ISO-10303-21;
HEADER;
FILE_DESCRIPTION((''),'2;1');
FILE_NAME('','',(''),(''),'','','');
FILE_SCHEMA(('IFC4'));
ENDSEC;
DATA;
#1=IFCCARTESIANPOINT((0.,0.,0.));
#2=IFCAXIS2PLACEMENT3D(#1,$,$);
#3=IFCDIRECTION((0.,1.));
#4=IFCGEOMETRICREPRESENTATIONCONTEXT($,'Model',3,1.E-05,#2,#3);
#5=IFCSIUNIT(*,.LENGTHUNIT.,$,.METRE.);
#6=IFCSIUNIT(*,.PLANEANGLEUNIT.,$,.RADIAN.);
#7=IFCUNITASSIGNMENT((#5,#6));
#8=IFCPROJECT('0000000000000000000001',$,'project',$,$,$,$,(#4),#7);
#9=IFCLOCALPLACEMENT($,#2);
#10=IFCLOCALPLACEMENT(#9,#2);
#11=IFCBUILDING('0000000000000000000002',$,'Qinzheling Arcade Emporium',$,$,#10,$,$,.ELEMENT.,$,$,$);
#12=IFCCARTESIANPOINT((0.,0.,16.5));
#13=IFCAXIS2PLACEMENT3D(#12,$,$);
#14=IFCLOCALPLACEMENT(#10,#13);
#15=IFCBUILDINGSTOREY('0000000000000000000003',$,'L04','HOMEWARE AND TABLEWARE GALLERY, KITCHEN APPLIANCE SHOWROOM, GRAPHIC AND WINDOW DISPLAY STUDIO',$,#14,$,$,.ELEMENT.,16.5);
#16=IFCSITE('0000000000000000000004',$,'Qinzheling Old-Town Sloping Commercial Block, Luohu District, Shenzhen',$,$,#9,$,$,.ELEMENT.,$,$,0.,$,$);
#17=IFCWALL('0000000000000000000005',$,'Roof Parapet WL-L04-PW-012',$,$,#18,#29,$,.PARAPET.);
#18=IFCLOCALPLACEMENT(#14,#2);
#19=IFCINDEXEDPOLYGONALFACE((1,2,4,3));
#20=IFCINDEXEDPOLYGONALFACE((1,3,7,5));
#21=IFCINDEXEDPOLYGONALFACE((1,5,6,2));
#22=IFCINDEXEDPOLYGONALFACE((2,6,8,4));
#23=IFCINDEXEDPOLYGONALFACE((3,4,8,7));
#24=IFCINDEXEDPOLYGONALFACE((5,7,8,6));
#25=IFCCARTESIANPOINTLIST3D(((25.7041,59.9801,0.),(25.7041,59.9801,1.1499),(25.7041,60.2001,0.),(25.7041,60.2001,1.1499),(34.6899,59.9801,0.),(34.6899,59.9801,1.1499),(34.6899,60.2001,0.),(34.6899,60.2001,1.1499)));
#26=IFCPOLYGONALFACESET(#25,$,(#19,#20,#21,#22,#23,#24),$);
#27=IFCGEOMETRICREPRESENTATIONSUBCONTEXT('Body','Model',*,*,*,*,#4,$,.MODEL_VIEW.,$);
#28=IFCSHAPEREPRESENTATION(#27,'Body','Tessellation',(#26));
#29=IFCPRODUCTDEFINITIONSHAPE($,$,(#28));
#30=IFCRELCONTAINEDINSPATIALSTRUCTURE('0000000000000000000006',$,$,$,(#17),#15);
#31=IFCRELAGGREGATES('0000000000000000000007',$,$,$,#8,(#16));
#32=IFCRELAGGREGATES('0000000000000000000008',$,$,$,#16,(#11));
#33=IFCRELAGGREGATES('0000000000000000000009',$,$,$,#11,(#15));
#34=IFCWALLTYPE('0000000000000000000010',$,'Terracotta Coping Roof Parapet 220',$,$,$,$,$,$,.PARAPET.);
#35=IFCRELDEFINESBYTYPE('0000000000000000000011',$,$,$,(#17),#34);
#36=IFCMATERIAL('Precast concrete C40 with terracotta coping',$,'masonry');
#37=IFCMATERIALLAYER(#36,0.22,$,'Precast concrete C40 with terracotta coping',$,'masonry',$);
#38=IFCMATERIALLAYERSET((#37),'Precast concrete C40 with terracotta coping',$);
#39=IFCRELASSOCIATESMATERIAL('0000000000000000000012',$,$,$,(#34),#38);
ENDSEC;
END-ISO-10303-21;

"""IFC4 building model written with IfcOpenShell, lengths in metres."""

from ifc_helpers import new_model, si_unit, direction, frame, frame_2d, origin, place, context, subcontext, project, spatial, rectangle, extrude, material, layer, layer_set, type_object, element, save


model = new_model("IFC4")

# Units and contexts
model_context = context("Model", 3, precision=1e-05, world=origin(), true_north=direction((0.0, 1.0)))
body_context = subcontext(model_context, "Body", "Model", "MODEL_VIEW")
ifc_project = project(units=[si_unit("LENGTHUNIT", "METRE"), si_unit("PLANEANGLEUNIT", "RADIAN")], contexts=[model_context])

# Site, building, storey
site_placement = place(None, origin())
site = spatial("IfcSite", under=ifc_project, at=site_placement, Name="Qinzheling Old-Town Sloping Commercial Block, Luohu District, Shenzhen", CompositionType="ELEMENT", RefElevation=0.0)
building_placement = place(site_placement, origin())
building = spatial("IfcBuilding", under=site, at=building_placement, Name="Qinzheling Arcade Emporium", CompositionType="ELEMENT")
storey_placement = place(building_placement, frame((0.0, 0.0, 16.5)))
storey = spatial("IfcBuildingStorey", under=building, at=storey_placement, Name="L04", Description="HOMEWARE AND TABLEWARE GALLERY, KITCHEN APPLIANCE SHOWROOM, GRAPHIC AND WINDOW DISPLAY STUDIO", CompositionType="ELEMENT", Elevation=16.5)

# Wall
ifc_material_1 = material(Name="Precast concrete C40 with terracotta coping", Category="masonry")
ifc_layer_1 = layer(ifc_material_1, 0.22, Name="Precast concrete C40 with terracotta coping", Category="masonry")
ifc_layer_set_1 = layer_set([ifc_layer_1], Name="Precast concrete C40 with terracotta coping")
wall_type_1 = type_object("IfcWallType", Name="Terracotta Coping Roof Parapet 220", PredefinedType="PARAPET", material=ifc_layer_set_1)
wall_1_placement = place(storey_placement, frame((25.7041, 60.0901, 0.0), z_axis=(0.0, 0.0, 1.0), x_axis=(1.0, 0.0, 0.0)))
element("IfcWall", 1, at=wall_1_placement, inside=storey, type_object=wall_type_1, Name="Roof Parapet WL-L04-PW-012", PredefinedType="PARAPET", context=body_context, shape_type="SweptSolid", body=[
    extrude(rectangle(XDim=8.9858, YDim=0.22, at=frame_2d((4.4929, 0.0))), origin(), (0.0, 0.0, 1.0), 1.1499),
])

save(model, "model.ifc")
